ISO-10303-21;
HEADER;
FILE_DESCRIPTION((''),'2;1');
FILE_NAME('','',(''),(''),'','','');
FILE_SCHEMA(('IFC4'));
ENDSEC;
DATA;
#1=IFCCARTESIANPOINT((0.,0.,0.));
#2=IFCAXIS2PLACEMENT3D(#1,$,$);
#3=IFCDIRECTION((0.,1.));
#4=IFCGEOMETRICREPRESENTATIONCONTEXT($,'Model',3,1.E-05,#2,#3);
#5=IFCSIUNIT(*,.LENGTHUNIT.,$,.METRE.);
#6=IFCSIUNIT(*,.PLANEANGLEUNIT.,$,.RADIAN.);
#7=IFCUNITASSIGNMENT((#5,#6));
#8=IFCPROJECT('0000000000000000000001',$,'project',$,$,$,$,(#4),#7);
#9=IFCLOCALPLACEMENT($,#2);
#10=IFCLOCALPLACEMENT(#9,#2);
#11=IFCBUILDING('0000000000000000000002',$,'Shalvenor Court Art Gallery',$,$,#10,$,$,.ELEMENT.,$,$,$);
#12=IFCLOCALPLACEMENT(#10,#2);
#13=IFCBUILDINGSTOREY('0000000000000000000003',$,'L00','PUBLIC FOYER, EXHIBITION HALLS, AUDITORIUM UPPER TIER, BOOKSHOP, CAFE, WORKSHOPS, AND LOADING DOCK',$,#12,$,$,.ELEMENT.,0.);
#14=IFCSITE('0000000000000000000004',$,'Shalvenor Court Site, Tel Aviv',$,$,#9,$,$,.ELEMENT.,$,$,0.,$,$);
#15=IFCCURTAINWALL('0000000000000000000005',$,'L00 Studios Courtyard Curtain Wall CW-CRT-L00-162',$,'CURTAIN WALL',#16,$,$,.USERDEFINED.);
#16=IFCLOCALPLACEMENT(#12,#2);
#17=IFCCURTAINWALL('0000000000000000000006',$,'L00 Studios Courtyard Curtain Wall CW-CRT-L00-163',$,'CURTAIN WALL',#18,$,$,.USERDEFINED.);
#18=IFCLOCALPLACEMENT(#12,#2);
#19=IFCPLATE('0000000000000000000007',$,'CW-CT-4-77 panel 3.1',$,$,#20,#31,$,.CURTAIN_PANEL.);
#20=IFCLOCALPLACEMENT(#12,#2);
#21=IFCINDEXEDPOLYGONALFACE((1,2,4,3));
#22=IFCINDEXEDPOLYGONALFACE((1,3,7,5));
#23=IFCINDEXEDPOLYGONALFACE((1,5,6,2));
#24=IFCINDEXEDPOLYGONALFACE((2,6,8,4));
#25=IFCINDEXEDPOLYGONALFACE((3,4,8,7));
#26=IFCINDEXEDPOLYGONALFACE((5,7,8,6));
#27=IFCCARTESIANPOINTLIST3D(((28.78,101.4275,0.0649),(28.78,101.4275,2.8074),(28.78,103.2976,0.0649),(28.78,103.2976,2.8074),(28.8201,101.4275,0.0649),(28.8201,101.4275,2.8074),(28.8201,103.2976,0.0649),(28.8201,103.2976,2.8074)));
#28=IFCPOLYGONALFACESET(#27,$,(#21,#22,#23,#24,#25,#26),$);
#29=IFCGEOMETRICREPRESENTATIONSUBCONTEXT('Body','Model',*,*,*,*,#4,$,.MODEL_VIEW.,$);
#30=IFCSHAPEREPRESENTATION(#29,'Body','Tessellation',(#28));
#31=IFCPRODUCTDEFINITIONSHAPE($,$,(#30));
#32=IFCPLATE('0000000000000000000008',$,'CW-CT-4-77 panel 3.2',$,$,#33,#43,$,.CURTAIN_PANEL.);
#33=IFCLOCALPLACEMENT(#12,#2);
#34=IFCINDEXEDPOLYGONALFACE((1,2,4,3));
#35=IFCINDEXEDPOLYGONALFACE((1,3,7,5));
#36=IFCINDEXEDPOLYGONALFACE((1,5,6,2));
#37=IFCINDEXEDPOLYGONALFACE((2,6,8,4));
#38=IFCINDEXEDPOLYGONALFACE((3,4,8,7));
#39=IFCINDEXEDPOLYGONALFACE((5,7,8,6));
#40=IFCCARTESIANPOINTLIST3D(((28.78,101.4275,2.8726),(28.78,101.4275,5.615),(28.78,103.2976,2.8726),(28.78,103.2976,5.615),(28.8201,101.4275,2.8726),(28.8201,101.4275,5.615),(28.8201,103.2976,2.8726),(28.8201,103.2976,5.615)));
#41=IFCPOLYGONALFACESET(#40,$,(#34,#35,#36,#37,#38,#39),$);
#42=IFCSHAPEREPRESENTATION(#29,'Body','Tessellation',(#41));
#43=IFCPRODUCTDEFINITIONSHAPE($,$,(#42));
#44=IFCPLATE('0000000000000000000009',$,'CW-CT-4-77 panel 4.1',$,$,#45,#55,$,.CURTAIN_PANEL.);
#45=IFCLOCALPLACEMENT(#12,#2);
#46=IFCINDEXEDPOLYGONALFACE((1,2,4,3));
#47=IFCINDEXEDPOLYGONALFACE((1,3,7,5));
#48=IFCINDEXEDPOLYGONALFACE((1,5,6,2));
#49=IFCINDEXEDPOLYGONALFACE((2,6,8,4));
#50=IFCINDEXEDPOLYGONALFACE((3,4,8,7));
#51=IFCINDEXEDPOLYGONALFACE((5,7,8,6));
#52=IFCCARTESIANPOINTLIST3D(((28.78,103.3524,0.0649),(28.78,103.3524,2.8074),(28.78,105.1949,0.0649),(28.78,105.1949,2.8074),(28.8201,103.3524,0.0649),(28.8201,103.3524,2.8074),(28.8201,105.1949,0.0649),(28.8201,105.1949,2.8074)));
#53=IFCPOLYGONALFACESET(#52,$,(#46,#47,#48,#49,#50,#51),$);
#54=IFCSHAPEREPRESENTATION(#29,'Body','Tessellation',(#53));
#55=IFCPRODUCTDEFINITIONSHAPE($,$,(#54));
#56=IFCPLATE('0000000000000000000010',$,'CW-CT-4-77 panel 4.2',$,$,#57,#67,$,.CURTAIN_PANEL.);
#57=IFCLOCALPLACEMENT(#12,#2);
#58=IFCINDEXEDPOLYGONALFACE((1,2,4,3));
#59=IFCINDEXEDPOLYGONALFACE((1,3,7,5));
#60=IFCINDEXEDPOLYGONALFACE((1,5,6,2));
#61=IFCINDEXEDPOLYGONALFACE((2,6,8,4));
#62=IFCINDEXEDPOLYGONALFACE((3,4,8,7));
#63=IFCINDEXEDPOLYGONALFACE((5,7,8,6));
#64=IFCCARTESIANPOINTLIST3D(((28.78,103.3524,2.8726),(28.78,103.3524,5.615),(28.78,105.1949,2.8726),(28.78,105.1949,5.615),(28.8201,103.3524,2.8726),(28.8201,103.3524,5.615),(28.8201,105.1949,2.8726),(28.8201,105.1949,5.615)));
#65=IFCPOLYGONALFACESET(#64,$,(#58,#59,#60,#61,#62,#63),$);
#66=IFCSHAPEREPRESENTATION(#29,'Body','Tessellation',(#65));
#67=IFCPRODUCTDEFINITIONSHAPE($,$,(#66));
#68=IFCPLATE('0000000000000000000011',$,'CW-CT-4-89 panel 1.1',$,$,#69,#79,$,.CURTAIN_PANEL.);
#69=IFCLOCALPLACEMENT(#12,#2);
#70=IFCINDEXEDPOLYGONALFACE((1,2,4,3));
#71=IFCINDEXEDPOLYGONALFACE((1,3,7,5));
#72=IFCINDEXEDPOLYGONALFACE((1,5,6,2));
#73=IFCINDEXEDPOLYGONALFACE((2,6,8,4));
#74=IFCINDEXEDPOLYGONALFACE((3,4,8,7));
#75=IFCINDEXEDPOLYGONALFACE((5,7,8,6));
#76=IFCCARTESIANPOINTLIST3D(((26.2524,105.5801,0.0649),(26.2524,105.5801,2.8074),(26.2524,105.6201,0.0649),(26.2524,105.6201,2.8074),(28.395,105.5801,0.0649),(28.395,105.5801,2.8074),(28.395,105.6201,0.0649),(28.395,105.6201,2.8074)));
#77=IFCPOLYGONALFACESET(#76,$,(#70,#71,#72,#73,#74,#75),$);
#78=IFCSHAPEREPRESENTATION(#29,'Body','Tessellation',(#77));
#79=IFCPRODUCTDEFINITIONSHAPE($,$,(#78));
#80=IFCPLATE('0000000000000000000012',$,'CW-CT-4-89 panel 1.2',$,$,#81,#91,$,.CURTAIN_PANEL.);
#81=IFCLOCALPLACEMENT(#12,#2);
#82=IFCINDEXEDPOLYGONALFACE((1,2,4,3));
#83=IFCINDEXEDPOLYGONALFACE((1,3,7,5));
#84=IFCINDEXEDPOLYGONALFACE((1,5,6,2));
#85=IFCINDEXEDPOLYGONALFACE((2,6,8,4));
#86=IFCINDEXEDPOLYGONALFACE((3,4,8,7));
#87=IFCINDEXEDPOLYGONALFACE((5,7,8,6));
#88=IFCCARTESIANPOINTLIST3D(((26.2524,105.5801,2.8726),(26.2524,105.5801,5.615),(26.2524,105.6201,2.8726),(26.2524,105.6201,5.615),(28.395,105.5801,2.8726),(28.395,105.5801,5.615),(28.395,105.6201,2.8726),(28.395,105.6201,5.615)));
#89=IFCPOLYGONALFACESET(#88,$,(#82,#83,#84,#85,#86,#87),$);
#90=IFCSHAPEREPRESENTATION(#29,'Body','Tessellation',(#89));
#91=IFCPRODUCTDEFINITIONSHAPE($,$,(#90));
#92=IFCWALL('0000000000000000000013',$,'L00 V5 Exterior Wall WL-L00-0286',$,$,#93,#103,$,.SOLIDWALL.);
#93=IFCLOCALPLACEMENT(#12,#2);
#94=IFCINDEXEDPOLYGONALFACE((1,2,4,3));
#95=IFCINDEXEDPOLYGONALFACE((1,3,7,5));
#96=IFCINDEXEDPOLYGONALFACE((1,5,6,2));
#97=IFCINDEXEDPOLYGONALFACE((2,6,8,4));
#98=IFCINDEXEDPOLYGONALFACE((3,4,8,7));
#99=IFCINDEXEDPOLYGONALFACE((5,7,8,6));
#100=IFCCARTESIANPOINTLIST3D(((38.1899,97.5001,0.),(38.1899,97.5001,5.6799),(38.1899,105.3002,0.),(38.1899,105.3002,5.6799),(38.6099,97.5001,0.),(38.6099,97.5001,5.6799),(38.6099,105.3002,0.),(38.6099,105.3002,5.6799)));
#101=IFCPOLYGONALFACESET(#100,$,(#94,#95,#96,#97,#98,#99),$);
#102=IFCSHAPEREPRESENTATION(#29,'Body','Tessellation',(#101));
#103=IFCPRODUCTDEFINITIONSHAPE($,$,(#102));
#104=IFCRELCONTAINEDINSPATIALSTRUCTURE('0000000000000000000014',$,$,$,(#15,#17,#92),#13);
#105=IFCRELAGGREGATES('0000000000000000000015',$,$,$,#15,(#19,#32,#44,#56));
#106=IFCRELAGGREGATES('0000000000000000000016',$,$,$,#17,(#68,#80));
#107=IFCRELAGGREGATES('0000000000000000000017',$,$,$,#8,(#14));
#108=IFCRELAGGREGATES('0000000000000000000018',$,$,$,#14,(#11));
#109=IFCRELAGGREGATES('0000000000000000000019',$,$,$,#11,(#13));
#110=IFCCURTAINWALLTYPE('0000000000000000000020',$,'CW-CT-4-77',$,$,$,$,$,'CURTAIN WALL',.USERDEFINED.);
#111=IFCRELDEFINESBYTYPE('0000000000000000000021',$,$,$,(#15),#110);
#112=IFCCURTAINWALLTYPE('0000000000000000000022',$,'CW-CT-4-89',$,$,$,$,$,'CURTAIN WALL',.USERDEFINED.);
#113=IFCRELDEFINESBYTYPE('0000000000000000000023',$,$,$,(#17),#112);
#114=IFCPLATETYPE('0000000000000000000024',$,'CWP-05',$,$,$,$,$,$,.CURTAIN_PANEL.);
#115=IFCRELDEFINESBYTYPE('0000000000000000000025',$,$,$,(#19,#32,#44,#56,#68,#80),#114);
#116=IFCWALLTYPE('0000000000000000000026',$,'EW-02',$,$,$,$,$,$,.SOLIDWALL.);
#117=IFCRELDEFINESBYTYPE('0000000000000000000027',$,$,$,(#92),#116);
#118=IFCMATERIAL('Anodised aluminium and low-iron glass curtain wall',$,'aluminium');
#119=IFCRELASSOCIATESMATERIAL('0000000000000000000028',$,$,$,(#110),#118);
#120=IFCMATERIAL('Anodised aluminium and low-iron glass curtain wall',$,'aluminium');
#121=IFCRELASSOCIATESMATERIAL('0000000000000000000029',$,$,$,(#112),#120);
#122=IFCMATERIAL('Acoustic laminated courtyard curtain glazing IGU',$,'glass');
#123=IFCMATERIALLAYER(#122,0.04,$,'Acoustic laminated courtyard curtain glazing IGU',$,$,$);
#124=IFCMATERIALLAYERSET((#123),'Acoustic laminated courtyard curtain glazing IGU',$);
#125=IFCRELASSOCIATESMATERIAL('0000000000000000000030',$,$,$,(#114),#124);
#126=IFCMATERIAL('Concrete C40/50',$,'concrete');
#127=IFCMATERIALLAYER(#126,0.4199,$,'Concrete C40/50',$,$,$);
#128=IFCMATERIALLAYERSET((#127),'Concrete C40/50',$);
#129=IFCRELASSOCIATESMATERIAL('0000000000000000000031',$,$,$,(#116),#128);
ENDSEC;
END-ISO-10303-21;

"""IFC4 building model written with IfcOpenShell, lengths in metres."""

from ifc_helpers import new_model, si_unit, direction, frame, frame_2d, origin, origin_2d, place, context, subcontext, project, spatial, rectangle, extrude, material, layer, layer_set, type_object, element, aggregate, save


model = new_model("IFC4")

# Units and contexts
model_context = context("Model", 3, precision=1e-05, world=origin(), true_north=direction((0.0, 1.0)))
body_context = subcontext(model_context, "Body", "Model", "MODEL_VIEW")
ifc_project = project(units=[si_unit("LENGTHUNIT", "METRE"), si_unit("PLANEANGLEUNIT", "RADIAN")], contexts=[model_context])

# Site, building, storey
site_placement = place(None, origin())
site = spatial("IfcSite", under=ifc_project, at=site_placement, Name="Shalvenor Court Site, Tel Aviv", CompositionType="ELEMENT", RefElevation=0.0)
building_placement = place(site_placement, origin())
building = spatial("IfcBuilding", under=site, at=building_placement, Name="Shalvenor Court Art Gallery", CompositionType="ELEMENT")
storey_placement = place(building_placement, origin())
storey = spatial("IfcBuildingStorey", under=building, at=storey_placement, Name="L00", Description="PUBLIC FOYER, EXHIBITION HALLS, AUDITORIUM UPPER TIER, BOOKSHOP, CAFE, WORKSHOPS, AND LOADING DOCK", CompositionType="ELEMENT", Elevation=0.0)

# Curtain wall
ifc_material_1 = material(Name="Anodised aluminium and low-iron glass curtain wall", Category="aluminium")
curtain_wall_type_1 = type_object("IfcCurtainWallType", Name="CW-CT-4-77", ElementType="CURTAIN WALL", PredefinedType="USERDEFINED", material=ifc_material_1)
curtain_wall_1_placement = place(storey_placement, origin())
curtain_wall_1 = element("IfcCurtainWall", 1, at=curtain_wall_1_placement, inside=storey, type_object=curtain_wall_type_1, Name="L00 Studios Courtyard Curtain Wall CW-CRT-L00-162", ObjectType="CURTAIN WALL", PredefinedType="USERDEFINED")

# Curtain wall
ifc_material_2 = material(Name="Anodised aluminium and low-iron glass curtain wall", Category="aluminium")
curtain_wall_type_2 = type_object("IfcCurtainWallType", Name="CW-CT-4-89", ElementType="CURTAIN WALL", PredefinedType="USERDEFINED", material=ifc_material_2)
curtain_wall_2_placement = place(storey_placement, origin())
curtain_wall_2 = element("IfcCurtainWall", 2, at=curtain_wall_2_placement, inside=storey, type_object=curtain_wall_type_2, Name="L00 Studios Courtyard Curtain Wall CW-CRT-L00-163", ObjectType="CURTAIN WALL", PredefinedType="USERDEFINED")

# Plates
ifc_material_3 = material(Name="Acoustic laminated courtyard curtain glazing IGU", Category="glass")
ifc_layer_1 = layer(ifc_material_3, 0.04, Name="Acoustic laminated courtyard curtain glazing IGU")
ifc_layer_set_1 = layer_set([ifc_layer_1], Name="Acoustic laminated courtyard curtain glazing IGU")
plate_type_1 = type_object("IfcPlateType", Name="CWP-05", PredefinedType="CURTAIN_PANEL", material=ifc_layer_set_1)
plate_1_placement = place(storey_placement, frame((28.8, 102.3625, 0.0649), z_axis=(0.0, 0.0, 1.0), x_axis=(0.0, 1.0, 0.0)))
plate_1 = element("IfcPlate", 3, at=plate_1_placement, type_object=plate_type_1, Name="CW-CT-4-77 panel 3.1", PredefinedType="CURTAIN_PANEL", context=body_context, shape_type="SweptSolid", body=[
    extrude(rectangle(XDim=1.8701, YDim=0.04, at=origin_2d()), origin(), (0.0, 0.0, 1.0), 2.7424),
])
plate_2_placement = place(storey_placement, frame((28.8, 102.3625, 2.8726), z_axis=(0.0, 0.0, 1.0), x_axis=(0.0, 1.0, 0.0)))
plate_2 = element("IfcPlate", 4, at=plate_2_placement, type_object=plate_type_1, Name="CW-CT-4-77 panel 3.2", PredefinedType="CURTAIN_PANEL", context=body_context, shape_type="SweptSolid", body=[
    extrude(rectangle(XDim=1.8701, YDim=0.04, at=origin_2d()), origin(), (0.0, 0.0, 1.0), 2.7424),
])
plate_3_placement = place(storey_placement, frame((28.8, 104.2737, 0.0649), z_axis=(0.0, 0.0, 1.0), x_axis=(0.0, 1.0, 0.0)))
plate_3 = element("IfcPlate", 5, at=plate_3_placement, type_object=plate_type_1, Name="CW-CT-4-77 panel 4.1", PredefinedType="CURTAIN_PANEL", context=body_context, shape_type="SweptSolid", body=[
    extrude(rectangle(XDim=1.8425, YDim=0.04, at=origin_2d()), origin(), (0.0, 0.0, 1.0), 2.7424),
])
plate_4_placement = place(storey_placement, frame((28.8, 104.2737, 2.8726), z_axis=(0.0, 0.0, 1.0), x_axis=(0.0, 1.0, 0.0)))
plate_4 = element("IfcPlate", 6, at=plate_4_placement, type_object=plate_type_1, Name="CW-CT-4-77 panel 4.2", PredefinedType="CURTAIN_PANEL", context=body_context, shape_type="SweptSolid", body=[
    extrude(rectangle(XDim=1.8425, YDim=0.04, at=origin_2d()), origin(), (0.0, 0.0, 1.0), 2.7424),
])
aggregate(curtain_wall_1, [plate_1, plate_2, plate_3, plate_4])
plate_5_placement = place(storey_placement, frame((27.3237, 105.6001, 0.0649), z_axis=(0.0, 0.0, 1.0), x_axis=(-1.0, 0.0, 0.0)))
plate_5 = element("IfcPlate", 7, at=plate_5_placement, type_object=plate_type_1, Name="CW-CT-4-89 panel 1.1", PredefinedType="CURTAIN_PANEL", context=body_context, shape_type="SweptSolid", body=[
    extrude(rectangle(XDim=2.1426, YDim=0.04, at=origin_2d()), origin(), (0.0, 0.0, 1.0), 2.7424),
])
plate_6_placement = place(storey_placement, frame((27.3237, 105.6001, 2.8726), z_axis=(0.0, 0.0, 1.0), x_axis=(-1.0, 0.0, 0.0)))
plate_6 = element("IfcPlate", 8, at=plate_6_placement, type_object=plate_type_1, Name="CW-CT-4-89 panel 1.2", PredefinedType="CURTAIN_PANEL", context=body_context, shape_type="SweptSolid", body=[
    extrude(rectangle(XDim=2.1426, YDim=0.04, at=origin_2d()), origin(), (0.0, 0.0, 1.0), 2.7424),
])
aggregate(curtain_wall_2, [plate_5, plate_6])

# Wall
ifc_material_4 = material(Name="Concrete C40/50", Category="concrete")
ifc_layer_2 = layer(ifc_material_4, 0.4199, Name="Concrete C40/50")
ifc_layer_set_2 = layer_set([ifc_layer_2], Name="Concrete C40/50")
wall_type = type_object("IfcWallType", Name="EW-02", PredefinedType="SOLIDWALL", material=ifc_layer_set_2)
wall_placement = place(storey_placement, frame((38.3999, 105.3, 0.0), z_axis=(0.0, 0.0, 1.0), x_axis=(0.0, -1.0, 0.0)))
element("IfcWall", 9, at=wall_placement, inside=storey, type_object=wall_type, Name="L00 V5 Exterior Wall WL-L00-0286", PredefinedType="SOLIDWALL", context=body_context, shape_type="SweptSolid", body=[
    extrude(rectangle(XDim=7.8, YDim=0.4199, at=frame_2d((3.8999, 0.0))), origin(), (0.0, 0.0, 1.0), 5.6799),
])

save(model, "model.ifc")
